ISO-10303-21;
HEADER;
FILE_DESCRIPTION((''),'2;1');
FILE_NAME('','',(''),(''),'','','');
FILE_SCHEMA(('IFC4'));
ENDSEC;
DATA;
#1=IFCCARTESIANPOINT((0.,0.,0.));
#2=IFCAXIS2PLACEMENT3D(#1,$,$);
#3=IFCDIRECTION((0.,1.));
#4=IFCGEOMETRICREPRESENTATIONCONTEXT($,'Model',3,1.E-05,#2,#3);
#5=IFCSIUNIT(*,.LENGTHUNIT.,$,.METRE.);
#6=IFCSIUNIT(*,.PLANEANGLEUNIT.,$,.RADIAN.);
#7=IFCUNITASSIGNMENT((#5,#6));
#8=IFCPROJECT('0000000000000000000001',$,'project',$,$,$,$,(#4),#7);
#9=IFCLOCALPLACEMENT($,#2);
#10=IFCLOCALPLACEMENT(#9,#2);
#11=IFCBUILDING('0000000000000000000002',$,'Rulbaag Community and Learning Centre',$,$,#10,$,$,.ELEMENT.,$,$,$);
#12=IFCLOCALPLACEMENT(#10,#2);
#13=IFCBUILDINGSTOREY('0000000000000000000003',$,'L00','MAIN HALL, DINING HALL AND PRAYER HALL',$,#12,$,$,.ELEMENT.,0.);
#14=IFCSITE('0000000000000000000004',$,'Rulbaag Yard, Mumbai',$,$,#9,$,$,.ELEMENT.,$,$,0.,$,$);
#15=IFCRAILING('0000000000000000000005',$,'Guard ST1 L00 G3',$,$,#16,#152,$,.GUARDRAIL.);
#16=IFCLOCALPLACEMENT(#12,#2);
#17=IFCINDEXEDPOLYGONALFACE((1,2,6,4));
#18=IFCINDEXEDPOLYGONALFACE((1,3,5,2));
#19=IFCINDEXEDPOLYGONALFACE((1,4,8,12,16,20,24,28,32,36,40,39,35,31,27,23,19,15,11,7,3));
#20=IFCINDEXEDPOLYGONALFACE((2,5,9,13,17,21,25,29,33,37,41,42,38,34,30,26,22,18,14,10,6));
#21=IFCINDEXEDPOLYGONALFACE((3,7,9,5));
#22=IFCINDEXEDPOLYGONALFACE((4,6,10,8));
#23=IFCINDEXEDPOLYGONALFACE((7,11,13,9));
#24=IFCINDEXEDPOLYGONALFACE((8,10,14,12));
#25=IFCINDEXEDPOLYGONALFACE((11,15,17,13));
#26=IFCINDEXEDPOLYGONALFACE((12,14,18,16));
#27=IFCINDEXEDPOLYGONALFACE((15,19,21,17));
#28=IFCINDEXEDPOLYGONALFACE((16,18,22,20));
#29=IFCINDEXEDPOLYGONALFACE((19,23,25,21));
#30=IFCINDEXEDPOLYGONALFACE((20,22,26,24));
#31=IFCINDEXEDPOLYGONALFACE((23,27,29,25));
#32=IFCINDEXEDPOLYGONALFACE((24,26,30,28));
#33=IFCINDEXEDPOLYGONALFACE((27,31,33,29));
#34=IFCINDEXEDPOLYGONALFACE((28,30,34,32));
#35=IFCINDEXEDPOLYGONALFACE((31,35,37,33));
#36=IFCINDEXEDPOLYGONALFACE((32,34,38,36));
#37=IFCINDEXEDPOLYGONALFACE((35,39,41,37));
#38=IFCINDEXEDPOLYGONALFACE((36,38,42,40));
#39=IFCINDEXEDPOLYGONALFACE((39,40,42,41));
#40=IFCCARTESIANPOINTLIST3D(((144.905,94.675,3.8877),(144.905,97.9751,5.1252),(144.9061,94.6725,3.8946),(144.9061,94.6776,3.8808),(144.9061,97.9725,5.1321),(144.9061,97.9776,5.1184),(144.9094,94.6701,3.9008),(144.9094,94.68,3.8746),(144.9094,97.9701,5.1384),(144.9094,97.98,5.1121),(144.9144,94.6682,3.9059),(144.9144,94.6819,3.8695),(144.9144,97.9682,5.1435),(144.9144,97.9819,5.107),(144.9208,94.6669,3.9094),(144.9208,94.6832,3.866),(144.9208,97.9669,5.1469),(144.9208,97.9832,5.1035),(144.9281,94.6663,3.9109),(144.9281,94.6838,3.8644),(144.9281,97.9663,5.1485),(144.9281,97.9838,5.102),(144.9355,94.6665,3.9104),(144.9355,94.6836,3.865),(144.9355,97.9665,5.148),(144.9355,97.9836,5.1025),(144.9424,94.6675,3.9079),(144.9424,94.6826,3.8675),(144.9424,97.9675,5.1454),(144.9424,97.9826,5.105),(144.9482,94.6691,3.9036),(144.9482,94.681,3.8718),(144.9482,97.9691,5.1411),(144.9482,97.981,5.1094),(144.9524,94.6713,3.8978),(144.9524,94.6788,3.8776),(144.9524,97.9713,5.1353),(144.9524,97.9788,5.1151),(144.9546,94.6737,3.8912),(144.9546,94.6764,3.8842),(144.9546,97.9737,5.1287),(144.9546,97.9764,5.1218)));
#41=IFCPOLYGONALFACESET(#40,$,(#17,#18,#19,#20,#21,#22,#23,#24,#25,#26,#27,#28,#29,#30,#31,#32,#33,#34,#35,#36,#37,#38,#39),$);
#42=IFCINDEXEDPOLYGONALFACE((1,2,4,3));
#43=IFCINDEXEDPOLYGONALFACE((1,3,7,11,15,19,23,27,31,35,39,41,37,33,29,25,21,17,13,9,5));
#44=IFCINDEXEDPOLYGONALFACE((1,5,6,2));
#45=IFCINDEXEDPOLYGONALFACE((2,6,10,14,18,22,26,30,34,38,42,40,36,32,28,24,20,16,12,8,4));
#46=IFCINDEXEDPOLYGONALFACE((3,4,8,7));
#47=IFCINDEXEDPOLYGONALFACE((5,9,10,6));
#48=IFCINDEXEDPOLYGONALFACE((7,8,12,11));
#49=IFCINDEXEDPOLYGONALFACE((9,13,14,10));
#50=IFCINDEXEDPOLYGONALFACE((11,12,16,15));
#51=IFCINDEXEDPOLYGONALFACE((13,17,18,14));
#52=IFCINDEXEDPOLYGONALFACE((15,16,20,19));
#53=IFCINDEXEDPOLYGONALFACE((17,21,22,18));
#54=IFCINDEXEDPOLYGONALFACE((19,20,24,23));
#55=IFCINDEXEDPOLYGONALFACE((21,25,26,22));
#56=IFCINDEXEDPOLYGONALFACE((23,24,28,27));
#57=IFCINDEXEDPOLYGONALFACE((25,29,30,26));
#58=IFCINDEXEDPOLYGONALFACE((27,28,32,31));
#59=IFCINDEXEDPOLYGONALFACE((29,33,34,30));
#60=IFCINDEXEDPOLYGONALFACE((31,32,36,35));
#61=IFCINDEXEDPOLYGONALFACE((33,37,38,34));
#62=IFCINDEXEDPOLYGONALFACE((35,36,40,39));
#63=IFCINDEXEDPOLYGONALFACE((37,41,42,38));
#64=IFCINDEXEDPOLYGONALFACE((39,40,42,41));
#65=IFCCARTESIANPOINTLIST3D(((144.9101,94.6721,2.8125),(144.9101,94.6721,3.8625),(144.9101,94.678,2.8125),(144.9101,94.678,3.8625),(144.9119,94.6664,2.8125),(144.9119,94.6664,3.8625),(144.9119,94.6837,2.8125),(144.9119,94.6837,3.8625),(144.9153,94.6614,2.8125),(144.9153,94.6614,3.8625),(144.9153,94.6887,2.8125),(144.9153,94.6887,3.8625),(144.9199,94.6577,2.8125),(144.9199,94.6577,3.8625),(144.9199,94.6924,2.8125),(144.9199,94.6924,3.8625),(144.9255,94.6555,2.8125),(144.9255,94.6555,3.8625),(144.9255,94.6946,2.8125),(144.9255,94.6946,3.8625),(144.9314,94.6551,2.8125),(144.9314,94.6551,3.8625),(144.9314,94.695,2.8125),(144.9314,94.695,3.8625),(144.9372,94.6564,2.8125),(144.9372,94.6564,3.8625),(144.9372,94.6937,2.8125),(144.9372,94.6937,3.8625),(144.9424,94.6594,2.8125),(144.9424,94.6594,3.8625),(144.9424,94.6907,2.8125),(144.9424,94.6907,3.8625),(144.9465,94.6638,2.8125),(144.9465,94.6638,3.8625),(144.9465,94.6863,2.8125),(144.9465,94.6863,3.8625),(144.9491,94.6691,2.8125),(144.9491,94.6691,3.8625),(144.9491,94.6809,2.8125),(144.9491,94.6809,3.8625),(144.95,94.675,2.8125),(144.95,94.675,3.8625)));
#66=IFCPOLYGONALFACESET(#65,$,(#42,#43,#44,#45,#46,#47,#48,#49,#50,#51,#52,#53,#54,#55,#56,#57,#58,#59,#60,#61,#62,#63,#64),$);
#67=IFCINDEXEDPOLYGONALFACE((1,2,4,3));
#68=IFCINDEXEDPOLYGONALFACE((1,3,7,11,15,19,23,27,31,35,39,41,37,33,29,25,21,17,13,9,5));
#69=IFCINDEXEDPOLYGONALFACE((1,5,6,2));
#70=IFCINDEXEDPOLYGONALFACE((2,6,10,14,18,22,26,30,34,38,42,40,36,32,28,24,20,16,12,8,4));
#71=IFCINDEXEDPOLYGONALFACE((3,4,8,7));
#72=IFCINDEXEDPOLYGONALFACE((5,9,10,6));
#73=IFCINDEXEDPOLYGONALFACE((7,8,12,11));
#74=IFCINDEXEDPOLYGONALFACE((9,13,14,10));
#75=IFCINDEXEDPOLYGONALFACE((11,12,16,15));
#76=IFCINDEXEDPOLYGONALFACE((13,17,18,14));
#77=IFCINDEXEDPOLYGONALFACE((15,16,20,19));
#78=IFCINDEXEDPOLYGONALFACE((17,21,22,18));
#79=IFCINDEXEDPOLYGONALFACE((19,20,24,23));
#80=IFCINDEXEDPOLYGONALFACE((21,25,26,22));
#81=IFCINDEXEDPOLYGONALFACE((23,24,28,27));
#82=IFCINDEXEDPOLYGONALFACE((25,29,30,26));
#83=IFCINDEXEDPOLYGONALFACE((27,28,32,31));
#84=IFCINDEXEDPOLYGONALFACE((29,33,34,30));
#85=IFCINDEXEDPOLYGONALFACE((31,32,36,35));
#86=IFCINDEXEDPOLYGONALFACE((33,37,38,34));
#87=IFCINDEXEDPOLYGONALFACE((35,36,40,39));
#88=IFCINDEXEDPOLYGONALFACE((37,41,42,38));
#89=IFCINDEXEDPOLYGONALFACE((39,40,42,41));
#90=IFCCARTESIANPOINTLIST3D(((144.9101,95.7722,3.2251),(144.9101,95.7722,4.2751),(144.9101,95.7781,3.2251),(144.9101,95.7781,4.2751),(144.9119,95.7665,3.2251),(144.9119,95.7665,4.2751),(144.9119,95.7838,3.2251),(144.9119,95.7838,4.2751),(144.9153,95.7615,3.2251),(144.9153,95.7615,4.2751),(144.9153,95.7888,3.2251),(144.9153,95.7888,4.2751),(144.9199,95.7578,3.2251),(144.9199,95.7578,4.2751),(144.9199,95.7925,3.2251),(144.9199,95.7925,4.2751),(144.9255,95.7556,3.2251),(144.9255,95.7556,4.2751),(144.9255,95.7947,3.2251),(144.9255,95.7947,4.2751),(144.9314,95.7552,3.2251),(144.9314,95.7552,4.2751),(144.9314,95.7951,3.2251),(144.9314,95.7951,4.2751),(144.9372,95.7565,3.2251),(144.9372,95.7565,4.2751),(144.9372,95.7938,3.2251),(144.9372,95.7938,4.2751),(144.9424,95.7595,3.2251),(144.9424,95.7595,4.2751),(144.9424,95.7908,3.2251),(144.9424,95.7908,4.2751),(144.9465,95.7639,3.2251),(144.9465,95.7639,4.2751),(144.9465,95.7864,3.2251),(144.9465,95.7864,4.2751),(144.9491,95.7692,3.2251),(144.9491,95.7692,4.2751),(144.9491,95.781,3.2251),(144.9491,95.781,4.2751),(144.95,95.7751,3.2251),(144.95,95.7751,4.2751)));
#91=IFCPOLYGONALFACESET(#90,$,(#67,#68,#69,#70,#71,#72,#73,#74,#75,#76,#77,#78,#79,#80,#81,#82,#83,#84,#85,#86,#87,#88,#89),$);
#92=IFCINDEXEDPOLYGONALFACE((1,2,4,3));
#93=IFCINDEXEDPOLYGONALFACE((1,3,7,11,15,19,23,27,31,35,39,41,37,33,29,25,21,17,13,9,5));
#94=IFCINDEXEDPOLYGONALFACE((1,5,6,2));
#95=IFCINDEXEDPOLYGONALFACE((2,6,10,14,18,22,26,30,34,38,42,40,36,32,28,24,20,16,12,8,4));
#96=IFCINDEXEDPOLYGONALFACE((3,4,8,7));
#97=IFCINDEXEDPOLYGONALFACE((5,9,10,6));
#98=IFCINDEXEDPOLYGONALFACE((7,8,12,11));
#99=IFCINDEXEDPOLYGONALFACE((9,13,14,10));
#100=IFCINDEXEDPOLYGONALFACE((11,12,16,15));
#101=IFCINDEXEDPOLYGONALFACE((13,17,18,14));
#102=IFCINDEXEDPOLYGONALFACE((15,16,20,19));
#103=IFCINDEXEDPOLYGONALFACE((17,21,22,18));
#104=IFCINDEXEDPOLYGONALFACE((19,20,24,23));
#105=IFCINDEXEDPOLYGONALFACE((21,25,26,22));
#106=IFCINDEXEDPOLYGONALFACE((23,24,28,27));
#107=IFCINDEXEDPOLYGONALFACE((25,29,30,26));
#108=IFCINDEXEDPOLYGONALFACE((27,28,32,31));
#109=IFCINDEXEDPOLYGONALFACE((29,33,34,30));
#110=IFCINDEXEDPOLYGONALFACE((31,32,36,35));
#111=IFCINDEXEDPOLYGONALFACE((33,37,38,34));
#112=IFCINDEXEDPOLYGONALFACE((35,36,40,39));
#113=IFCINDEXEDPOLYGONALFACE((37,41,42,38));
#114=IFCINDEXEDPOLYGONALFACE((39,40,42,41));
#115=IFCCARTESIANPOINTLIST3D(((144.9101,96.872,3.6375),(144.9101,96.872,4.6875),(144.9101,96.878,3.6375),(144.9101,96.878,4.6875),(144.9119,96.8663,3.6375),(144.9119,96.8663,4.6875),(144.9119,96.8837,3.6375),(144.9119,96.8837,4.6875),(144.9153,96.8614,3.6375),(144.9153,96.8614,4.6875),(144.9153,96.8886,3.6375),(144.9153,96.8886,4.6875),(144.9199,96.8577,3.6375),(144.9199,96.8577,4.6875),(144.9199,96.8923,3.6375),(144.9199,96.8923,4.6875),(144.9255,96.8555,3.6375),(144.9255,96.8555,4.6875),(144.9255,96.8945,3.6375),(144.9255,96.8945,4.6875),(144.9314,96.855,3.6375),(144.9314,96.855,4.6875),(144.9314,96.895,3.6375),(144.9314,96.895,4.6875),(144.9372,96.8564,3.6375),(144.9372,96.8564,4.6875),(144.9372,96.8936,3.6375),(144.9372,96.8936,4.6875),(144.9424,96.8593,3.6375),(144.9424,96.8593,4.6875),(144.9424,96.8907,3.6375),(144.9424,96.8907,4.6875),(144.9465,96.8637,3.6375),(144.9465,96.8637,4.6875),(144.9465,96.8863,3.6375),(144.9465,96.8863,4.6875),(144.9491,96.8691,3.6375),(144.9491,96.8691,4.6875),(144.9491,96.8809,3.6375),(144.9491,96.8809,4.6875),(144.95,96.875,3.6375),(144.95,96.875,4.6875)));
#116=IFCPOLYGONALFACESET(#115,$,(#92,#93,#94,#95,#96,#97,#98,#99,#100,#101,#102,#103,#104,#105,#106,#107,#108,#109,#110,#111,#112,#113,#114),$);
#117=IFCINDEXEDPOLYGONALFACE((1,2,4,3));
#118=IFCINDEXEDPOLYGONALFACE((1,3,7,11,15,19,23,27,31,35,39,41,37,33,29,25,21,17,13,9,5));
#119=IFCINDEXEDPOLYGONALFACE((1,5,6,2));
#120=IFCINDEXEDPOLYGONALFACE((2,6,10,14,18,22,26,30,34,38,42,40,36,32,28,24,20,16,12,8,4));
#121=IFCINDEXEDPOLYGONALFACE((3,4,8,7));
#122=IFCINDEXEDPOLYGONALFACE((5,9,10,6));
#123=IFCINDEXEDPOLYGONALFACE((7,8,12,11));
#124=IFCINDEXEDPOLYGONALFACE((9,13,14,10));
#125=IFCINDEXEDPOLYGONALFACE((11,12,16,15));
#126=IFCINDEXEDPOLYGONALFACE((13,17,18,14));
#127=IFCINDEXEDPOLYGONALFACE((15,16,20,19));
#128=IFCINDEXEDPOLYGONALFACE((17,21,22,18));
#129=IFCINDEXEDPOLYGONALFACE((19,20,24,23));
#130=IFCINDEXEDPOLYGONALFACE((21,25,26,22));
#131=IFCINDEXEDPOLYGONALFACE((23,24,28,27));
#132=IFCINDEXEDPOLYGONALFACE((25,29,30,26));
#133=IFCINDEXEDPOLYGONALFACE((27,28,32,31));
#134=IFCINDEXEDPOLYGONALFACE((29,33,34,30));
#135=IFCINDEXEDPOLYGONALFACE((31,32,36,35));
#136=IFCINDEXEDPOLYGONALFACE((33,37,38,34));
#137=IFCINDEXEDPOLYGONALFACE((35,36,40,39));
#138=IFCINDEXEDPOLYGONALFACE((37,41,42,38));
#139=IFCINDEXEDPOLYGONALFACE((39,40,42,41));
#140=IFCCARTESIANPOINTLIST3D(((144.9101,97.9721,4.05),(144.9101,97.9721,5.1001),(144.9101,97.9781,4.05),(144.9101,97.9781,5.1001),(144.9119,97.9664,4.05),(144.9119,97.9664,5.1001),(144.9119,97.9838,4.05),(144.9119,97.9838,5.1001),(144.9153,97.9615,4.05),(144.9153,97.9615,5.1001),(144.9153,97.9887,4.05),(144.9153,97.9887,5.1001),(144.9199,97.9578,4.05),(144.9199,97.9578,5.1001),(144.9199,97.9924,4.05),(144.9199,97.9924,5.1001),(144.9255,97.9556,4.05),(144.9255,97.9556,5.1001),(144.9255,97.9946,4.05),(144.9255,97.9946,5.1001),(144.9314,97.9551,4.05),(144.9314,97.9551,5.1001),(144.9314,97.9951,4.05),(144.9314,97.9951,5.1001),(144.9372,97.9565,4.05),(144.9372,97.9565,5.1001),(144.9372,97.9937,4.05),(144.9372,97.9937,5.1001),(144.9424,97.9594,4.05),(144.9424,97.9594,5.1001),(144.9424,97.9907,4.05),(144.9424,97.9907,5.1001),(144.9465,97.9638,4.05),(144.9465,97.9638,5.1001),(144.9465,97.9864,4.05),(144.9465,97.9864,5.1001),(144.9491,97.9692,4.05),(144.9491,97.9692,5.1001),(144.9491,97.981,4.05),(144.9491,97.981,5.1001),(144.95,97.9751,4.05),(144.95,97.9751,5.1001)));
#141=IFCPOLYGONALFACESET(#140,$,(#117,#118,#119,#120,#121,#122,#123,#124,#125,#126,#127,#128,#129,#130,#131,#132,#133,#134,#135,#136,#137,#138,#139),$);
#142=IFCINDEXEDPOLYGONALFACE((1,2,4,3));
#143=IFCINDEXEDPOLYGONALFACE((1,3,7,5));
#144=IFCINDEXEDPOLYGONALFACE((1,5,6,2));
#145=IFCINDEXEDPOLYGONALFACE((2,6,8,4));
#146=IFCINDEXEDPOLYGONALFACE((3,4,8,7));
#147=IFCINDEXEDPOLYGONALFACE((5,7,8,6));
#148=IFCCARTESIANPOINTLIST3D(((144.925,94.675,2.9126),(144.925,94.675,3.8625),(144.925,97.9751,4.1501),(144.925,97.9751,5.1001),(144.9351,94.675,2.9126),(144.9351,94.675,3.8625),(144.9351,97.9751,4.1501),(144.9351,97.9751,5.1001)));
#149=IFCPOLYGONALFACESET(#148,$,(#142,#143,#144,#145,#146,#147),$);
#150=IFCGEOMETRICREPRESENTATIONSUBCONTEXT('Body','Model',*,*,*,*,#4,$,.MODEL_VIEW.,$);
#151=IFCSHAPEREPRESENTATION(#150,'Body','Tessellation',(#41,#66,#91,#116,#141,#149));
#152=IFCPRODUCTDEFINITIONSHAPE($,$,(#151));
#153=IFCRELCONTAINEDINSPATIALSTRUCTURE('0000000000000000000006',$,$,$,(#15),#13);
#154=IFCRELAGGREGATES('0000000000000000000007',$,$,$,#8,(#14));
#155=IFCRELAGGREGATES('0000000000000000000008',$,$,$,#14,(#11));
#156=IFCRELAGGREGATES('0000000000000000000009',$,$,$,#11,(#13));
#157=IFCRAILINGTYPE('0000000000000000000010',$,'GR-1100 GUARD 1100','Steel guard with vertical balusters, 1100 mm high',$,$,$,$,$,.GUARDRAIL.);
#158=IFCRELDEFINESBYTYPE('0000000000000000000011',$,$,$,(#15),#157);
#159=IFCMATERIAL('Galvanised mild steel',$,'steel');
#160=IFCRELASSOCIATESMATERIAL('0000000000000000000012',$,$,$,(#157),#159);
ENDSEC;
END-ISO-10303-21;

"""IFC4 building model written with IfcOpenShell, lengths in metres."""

from ifc_helpers import new_model, si_unit, direction, frame, origin, origin_2d, place, context, subcontext, project, spatial, polyline, circle, outline, extrude, material, type_object, element, save


model = new_model("IFC4")

# Units and contexts
model_context = context("Model", 3, precision=1e-05, world=origin(), true_north=direction((0.0, 1.0)))
body_context = subcontext(model_context, "Body", "Model", "MODEL_VIEW")
ifc_project = project(units=[si_unit("LENGTHUNIT", "METRE"), si_unit("PLANEANGLEUNIT", "RADIAN")], contexts=[model_context])

# Site, building, storey
site_placement = place(None, origin())
site = spatial("IfcSite", under=ifc_project, at=site_placement, Name="Rulbaag Yard, Mumbai", CompositionType="ELEMENT", RefElevation=0.0)
building_placement = place(site_placement, origin())
building = spatial("IfcBuilding", under=site, at=building_placement, Name="Rulbaag Community and Learning Centre", CompositionType="ELEMENT")
storey_placement = place(building_placement, origin())
storey = spatial("IfcBuildingStorey", under=building, at=storey_placement, Name="L00", Description="MAIN HALL, DINING HALL AND PRAYER HALL", CompositionType="ELEMENT", Elevation=0.0)

# Railing
ifc_material_1 = material(Name="Galvanised mild steel", Category="steel")
railing_type_1 = type_object("IfcRailingType", Name="GR-1100 GUARD 1100", Description="Steel guard with vertical balusters, 1100 mm high", PredefinedType="GUARDRAIL", material=ifc_material_1)
railing_1_placement = place(storey_placement, frame((144.9299, 94.675, 2.8125)))
element("IfcRailing", 1, at=railing_1_placement, inside=storey, type_object=railing_type_1, Name="Guard ST1 L00 G3", PredefinedType="GUARDRAIL", context=body_context, shape_type="SweptSolid", body=[
    extrude(circle(Radius=0.0249, at=origin_2d()), frame((0.0, 0.0, 1.0752), z_axis=(0.0, 0.936326, 0.351131), x_axis=(-1.0, 0.0, 0.0)), (0.0, 0.0, 1.0), 3.5244),
    extrude(circle(Radius=0.02, at=origin_2d()), origin(), (0.0, 0.0, 1.0), 1.05),
    extrude(circle(Radius=0.02, at=origin_2d()), frame((0.0, 1.1001, 0.4126)), (0.0, 0.0, 1.0), 1.05),
    extrude(circle(Radius=0.02, at=origin_2d()), frame((0.0, 2.2, 0.825)), (0.0, 0.0, 1.0), 1.05),
    extrude(circle(Radius=0.02, at=origin_2d()), frame((0.0, 3.3, 1.2375)), (0.0, 0.0, 1.0), 1.05),
    extrude(outline(polyline([(0.0, 0.0), (3.3, 1.2375), (3.3, 2.1875), (0.0, 0.95), (0.0, 0.0)])), frame((-0.0049, 0.0, 0.1001), z_axis=(1.0, 0.0, 0.0), x_axis=(0.0, 1.0, 0.0)), (0.0, 0.0, 1.0), 0.01),
])

save(model, "model.ifc")
